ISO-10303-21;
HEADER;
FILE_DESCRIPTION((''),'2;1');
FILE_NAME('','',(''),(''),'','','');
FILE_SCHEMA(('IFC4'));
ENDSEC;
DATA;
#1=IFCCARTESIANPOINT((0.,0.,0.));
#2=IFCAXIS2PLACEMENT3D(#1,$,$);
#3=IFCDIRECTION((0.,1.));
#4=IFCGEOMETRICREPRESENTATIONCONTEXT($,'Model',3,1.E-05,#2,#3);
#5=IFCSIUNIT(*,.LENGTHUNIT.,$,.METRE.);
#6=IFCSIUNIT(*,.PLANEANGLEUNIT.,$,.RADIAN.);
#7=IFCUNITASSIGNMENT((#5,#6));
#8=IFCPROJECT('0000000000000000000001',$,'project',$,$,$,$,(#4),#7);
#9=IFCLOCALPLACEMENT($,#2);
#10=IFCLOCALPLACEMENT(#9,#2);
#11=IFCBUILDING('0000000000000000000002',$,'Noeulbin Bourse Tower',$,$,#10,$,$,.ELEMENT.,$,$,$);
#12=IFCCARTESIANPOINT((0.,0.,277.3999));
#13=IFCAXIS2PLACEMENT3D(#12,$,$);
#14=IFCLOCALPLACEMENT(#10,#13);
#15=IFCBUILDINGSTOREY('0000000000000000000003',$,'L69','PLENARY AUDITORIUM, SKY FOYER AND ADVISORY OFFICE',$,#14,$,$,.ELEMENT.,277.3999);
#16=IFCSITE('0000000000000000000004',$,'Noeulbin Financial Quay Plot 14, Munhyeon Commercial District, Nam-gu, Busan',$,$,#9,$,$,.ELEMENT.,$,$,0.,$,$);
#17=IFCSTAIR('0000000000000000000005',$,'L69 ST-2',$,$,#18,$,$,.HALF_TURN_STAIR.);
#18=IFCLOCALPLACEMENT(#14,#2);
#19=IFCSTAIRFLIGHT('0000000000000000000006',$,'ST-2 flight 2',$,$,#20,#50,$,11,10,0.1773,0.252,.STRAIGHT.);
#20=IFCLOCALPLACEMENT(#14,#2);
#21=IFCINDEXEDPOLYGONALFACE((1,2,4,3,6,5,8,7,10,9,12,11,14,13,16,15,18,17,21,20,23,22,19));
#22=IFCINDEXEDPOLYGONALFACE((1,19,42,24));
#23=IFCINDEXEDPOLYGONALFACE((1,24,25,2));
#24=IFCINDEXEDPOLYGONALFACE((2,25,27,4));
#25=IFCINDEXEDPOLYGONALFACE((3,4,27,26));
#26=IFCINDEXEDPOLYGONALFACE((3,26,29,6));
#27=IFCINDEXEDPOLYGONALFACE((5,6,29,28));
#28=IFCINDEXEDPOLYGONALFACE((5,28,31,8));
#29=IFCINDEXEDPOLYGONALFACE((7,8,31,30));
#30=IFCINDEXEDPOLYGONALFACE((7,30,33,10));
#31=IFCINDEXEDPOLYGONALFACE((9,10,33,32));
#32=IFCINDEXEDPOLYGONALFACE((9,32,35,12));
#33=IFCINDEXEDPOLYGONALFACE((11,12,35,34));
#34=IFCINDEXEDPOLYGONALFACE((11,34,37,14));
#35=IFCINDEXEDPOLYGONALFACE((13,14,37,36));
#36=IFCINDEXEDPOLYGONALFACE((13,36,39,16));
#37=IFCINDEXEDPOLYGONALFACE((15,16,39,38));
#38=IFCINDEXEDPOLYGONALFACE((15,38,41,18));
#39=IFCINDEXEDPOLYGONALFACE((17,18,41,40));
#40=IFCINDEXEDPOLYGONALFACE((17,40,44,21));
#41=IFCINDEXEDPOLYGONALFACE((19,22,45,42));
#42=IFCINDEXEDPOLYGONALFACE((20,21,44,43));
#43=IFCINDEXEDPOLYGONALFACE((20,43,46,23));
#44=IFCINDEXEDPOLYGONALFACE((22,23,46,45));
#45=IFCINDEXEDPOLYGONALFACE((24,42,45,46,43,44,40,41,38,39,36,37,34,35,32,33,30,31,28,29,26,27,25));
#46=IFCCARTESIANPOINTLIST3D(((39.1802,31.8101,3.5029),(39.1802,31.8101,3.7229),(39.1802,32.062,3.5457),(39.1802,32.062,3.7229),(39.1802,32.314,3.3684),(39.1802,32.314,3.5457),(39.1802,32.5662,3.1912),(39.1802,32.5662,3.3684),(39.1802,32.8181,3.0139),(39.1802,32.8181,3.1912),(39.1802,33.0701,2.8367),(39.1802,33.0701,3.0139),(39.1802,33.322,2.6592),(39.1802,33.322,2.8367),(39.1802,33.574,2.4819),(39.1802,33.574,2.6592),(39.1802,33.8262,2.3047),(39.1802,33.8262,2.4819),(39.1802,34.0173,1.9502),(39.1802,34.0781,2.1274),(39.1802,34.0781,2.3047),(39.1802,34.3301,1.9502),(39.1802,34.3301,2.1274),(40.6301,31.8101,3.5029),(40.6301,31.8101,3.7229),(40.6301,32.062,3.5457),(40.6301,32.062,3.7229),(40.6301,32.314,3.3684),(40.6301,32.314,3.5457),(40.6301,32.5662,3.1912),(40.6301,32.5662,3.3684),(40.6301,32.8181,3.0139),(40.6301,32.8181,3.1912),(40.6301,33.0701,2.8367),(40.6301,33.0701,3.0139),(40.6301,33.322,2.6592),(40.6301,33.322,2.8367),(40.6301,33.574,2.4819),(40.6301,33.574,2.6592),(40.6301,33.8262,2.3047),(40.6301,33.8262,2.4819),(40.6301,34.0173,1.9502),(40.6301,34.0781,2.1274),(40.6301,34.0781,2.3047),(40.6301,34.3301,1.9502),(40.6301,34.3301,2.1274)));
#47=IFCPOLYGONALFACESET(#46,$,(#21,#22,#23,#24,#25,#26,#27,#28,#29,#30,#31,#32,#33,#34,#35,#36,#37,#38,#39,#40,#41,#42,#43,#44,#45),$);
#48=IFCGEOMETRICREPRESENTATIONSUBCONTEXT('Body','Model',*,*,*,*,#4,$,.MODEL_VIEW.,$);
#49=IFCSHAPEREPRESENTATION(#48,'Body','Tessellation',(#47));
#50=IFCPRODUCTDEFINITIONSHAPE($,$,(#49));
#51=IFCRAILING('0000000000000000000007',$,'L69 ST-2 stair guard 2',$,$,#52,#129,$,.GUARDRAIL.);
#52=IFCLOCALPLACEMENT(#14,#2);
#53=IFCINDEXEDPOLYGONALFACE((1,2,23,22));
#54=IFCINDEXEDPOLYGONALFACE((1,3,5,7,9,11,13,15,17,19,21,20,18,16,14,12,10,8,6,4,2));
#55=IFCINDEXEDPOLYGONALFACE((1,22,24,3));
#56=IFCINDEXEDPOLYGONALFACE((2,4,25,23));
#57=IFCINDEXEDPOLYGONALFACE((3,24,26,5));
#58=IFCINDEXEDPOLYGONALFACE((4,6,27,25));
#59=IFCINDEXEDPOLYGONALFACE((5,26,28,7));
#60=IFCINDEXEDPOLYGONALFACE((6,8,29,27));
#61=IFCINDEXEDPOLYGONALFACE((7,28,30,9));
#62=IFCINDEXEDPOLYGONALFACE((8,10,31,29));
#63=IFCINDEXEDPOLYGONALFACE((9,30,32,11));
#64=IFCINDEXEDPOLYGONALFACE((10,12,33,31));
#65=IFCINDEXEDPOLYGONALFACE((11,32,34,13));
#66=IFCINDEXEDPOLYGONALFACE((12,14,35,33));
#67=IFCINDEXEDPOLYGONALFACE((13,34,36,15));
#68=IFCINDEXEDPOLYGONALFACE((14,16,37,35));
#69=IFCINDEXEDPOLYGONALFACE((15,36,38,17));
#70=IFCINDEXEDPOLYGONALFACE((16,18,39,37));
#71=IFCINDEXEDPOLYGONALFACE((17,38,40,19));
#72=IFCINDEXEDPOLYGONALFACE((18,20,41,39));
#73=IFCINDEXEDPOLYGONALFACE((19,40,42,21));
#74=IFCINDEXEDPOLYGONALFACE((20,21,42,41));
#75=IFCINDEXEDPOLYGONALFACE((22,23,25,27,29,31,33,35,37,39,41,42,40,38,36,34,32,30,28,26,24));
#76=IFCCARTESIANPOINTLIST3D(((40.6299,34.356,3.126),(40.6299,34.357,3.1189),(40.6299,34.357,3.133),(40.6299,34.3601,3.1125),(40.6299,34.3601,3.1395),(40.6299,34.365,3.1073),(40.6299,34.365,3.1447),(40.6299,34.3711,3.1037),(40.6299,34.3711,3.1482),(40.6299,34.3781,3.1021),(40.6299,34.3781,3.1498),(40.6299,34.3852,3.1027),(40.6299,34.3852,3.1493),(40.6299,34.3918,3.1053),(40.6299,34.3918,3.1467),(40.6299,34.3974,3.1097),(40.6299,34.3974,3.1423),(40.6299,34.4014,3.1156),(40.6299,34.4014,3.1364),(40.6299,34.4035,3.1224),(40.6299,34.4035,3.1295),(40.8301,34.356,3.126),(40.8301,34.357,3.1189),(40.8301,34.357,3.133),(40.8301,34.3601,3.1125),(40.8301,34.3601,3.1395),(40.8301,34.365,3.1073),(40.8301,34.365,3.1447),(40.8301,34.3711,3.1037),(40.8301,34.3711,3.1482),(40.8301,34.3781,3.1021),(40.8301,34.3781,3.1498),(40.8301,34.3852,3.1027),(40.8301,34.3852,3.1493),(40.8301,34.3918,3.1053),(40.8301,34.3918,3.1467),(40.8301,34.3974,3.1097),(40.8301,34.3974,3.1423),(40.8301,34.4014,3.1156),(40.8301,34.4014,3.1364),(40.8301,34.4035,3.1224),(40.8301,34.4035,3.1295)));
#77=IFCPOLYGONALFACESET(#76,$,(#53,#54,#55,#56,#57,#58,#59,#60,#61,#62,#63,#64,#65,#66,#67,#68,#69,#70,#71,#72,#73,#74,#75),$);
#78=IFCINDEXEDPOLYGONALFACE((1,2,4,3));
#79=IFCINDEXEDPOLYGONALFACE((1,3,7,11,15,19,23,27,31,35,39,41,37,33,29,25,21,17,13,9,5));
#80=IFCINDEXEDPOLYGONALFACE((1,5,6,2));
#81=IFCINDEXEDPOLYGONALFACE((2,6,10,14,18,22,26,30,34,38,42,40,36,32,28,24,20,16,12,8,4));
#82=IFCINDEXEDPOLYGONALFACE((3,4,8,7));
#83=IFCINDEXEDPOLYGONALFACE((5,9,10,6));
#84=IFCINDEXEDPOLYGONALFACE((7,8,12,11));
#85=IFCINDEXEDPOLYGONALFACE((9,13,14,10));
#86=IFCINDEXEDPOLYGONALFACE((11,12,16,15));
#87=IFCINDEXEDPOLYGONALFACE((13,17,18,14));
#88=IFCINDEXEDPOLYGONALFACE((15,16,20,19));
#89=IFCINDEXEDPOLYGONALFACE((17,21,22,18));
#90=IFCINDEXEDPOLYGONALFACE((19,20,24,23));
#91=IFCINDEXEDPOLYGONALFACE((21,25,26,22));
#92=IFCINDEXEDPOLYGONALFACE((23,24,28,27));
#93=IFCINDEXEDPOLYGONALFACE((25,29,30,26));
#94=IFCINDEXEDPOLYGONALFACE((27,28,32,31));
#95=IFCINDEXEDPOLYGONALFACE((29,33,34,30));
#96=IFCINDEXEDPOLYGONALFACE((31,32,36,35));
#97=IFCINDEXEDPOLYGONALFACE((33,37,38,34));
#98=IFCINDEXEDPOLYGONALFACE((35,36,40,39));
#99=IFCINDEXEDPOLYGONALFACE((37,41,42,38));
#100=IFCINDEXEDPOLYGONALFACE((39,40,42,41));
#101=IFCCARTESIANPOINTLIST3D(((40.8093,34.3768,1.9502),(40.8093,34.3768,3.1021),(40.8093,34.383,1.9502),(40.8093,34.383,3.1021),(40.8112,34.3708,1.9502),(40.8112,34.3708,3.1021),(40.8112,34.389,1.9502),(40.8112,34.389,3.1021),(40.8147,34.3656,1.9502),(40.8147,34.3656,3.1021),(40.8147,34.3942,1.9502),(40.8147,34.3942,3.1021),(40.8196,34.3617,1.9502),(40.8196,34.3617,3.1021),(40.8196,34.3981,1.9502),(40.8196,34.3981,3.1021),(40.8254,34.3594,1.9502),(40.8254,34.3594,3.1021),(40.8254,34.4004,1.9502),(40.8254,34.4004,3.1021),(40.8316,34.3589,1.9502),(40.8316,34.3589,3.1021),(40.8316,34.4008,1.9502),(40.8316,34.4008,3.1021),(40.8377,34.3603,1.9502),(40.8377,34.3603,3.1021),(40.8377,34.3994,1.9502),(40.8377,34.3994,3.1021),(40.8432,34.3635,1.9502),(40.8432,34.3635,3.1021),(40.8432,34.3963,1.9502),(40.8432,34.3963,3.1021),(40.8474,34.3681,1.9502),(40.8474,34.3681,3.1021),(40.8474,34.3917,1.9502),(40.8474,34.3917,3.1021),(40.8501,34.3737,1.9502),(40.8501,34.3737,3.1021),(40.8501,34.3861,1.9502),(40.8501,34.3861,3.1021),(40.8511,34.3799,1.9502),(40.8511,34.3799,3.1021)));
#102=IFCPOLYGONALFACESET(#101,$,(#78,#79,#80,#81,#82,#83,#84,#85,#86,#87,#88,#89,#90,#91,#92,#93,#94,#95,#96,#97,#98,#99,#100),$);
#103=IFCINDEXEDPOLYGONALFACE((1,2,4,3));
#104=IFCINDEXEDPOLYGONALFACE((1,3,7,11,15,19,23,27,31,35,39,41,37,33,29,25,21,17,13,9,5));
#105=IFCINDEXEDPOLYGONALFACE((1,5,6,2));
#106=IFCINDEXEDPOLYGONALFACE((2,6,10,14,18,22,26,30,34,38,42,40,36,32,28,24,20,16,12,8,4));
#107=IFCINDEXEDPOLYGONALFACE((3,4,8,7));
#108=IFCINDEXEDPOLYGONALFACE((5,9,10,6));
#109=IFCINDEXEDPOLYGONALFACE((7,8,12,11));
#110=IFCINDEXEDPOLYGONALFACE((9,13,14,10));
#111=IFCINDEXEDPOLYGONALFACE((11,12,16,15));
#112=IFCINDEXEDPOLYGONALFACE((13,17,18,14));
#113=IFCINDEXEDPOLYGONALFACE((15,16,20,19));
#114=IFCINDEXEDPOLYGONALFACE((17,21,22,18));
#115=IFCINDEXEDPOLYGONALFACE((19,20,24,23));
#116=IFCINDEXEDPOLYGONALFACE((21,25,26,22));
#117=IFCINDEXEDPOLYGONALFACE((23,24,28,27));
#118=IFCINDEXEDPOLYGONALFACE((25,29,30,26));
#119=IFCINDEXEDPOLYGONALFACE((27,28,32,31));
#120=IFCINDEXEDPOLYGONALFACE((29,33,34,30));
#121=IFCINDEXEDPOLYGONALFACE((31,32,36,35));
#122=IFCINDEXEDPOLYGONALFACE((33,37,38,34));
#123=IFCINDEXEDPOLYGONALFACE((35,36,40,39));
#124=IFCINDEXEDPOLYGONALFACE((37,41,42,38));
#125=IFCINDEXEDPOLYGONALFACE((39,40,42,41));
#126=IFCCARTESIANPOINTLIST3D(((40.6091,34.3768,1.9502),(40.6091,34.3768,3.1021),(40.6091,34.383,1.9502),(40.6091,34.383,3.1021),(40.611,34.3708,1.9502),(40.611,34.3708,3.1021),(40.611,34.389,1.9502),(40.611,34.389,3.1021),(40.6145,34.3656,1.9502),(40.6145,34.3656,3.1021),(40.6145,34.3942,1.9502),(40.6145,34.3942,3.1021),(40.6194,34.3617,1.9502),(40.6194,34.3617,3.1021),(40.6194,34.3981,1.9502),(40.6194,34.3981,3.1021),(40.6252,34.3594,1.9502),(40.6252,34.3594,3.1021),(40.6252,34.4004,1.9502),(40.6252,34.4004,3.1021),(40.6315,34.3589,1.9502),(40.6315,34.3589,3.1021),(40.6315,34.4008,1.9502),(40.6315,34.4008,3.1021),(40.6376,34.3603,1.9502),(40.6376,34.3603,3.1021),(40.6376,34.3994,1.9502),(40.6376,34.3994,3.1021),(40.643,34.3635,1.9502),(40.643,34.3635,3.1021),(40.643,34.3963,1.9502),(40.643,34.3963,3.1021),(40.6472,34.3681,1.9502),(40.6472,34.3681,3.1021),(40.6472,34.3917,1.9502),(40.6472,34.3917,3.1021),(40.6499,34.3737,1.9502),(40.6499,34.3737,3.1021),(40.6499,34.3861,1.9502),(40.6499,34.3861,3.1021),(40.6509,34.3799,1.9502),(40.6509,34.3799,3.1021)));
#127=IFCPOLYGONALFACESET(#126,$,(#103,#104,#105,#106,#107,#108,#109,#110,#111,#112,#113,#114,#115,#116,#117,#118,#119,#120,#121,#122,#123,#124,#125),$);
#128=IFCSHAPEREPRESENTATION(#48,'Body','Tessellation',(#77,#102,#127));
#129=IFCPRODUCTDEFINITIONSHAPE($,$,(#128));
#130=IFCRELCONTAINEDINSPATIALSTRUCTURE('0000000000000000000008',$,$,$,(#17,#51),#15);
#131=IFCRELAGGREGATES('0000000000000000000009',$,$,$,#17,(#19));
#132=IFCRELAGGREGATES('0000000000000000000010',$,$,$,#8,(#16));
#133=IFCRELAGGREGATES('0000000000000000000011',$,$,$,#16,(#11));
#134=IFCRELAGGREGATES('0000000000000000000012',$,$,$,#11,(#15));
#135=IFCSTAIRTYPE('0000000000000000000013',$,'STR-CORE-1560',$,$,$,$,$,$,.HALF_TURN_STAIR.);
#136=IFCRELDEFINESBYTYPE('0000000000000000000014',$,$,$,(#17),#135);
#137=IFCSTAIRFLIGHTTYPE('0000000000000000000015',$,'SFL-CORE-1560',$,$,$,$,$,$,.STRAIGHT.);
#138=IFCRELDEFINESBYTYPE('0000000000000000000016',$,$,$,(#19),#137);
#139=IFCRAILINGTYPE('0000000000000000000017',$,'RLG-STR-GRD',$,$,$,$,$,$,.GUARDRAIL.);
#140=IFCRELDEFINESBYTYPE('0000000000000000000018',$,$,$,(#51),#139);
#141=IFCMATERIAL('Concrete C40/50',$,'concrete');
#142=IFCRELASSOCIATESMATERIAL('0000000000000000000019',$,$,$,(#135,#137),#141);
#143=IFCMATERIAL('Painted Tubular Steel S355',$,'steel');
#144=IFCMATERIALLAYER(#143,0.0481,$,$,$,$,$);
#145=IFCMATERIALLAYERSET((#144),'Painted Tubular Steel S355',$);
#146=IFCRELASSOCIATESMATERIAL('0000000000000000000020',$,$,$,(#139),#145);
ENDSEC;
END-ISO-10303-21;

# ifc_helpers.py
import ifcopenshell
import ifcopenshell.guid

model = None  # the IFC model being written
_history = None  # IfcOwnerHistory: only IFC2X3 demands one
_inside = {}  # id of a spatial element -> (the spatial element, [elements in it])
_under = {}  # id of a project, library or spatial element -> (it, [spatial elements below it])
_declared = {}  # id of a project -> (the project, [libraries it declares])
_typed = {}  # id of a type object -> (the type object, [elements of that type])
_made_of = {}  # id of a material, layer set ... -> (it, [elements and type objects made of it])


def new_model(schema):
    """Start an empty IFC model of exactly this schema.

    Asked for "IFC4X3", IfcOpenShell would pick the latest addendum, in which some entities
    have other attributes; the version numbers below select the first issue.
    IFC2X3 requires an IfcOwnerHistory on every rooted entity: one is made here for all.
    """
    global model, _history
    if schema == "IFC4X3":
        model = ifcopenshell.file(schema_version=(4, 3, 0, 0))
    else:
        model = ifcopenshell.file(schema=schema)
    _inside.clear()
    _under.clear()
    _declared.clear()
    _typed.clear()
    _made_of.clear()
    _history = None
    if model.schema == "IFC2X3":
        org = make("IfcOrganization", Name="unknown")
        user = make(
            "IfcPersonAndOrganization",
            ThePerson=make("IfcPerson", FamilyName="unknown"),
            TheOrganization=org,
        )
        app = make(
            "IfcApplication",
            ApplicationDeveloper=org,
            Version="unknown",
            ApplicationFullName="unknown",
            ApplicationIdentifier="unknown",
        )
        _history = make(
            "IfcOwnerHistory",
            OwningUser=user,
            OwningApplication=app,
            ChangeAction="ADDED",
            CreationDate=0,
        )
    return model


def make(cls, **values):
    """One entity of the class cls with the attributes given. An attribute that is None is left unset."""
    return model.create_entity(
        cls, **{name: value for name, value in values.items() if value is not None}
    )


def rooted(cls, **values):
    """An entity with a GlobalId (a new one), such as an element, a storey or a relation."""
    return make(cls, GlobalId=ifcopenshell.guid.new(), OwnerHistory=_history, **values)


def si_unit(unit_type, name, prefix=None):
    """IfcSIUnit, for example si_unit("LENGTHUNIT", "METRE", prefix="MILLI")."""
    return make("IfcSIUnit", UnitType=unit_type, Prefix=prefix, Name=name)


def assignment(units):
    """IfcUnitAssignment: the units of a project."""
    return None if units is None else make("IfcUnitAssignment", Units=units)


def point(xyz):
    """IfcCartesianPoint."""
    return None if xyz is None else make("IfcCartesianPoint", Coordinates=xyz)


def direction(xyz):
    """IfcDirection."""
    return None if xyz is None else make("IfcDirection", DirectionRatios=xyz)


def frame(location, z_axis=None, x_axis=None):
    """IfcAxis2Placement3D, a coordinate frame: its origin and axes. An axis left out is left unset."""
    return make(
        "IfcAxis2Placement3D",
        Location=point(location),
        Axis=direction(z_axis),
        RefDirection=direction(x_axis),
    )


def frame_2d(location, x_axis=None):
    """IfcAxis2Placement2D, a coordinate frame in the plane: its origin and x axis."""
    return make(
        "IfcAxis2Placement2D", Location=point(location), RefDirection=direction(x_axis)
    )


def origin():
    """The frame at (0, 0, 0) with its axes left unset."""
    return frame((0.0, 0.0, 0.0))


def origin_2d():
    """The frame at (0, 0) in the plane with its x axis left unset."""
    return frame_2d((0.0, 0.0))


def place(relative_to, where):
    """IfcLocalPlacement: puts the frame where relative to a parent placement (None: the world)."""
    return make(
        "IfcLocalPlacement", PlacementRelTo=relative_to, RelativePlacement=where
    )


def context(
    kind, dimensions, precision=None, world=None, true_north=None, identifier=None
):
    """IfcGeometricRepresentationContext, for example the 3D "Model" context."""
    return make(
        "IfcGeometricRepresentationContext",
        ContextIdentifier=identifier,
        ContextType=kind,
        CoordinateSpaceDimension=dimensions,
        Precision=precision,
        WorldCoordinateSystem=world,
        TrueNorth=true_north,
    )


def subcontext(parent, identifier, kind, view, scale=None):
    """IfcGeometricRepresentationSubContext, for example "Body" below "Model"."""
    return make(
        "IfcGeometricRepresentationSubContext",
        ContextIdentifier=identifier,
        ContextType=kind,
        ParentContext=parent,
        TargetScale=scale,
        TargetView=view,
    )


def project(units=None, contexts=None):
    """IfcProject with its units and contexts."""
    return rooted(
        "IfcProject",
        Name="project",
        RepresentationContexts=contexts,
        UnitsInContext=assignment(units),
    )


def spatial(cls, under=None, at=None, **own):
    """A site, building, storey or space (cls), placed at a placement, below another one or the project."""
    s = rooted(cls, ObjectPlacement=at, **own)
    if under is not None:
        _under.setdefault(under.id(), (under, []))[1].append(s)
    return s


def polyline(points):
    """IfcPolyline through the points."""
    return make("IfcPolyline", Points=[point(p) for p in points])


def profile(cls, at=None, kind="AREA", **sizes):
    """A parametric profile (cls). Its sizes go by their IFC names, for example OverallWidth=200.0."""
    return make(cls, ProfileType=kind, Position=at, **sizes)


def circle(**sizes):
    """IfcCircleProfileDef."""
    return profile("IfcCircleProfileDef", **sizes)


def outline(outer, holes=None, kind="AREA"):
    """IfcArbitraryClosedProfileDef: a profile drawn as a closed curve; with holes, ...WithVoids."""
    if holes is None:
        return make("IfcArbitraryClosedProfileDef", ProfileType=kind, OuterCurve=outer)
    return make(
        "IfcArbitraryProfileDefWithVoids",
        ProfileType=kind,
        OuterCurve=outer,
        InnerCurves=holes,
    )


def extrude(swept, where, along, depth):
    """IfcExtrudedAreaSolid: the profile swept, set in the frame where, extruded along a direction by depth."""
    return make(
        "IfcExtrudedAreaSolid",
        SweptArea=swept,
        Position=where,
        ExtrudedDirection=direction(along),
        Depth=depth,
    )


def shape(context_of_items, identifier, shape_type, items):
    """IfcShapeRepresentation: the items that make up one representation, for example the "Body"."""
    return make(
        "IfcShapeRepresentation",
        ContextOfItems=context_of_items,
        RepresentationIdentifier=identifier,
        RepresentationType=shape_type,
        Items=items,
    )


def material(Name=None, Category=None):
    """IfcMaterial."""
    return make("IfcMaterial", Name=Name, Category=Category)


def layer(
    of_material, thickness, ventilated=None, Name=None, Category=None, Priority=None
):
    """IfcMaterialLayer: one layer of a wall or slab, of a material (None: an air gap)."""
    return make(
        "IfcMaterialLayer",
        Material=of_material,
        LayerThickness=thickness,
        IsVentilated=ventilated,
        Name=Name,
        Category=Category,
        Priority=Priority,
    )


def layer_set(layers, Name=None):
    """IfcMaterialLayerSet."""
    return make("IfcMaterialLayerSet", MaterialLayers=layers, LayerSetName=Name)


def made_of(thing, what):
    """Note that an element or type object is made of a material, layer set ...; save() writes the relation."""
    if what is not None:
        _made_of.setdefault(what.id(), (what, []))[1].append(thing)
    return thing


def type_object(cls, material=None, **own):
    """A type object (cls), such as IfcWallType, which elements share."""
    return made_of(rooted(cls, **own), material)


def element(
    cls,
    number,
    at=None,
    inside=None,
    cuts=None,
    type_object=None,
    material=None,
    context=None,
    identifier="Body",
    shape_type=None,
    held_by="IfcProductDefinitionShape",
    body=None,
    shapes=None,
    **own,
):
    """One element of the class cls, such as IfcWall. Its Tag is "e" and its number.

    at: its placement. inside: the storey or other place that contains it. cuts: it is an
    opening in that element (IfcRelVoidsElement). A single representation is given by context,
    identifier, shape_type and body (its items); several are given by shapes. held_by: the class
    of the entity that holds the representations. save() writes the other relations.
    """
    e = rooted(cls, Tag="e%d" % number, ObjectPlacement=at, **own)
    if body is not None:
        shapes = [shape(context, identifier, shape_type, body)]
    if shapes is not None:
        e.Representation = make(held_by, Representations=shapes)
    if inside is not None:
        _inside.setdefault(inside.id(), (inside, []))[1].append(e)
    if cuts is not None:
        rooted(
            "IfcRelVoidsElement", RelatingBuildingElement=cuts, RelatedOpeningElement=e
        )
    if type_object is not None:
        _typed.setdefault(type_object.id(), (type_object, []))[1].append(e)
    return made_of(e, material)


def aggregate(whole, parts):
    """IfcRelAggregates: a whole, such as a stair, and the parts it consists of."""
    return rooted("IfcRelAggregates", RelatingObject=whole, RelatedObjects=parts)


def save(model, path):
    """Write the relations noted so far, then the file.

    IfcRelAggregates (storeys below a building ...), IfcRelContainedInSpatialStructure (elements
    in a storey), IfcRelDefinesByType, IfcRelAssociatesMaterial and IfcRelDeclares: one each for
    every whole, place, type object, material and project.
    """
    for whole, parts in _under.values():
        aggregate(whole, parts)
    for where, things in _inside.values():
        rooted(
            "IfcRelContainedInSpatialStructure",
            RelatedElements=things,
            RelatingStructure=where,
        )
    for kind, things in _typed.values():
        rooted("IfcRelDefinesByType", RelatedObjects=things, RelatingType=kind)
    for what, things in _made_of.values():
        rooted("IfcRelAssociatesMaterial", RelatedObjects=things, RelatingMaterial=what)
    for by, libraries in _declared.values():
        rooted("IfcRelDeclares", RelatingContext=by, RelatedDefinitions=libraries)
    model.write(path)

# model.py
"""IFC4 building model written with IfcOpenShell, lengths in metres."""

from ifc_helpers import new_model, si_unit, direction, frame, origin, origin_2d, place, context, subcontext, project, spatial, polyline, circle, outline, extrude, material, layer, layer_set, type_object, element, aggregate, save


model = new_model("IFC4")

# Units and contexts
model_context = context("Model", 3, precision=1e-05, world=origin(), true_north=direction((0.0, 1.0)))
body_context = subcontext(model_context, "Body", "Model", "MODEL_VIEW")
ifc_project = project(units=[si_unit("LENGTHUNIT", "METRE"), si_unit("PLANEANGLEUNIT", "RADIAN")], contexts=[model_context])

# Site, building, storey
site_placement = place(None, origin())
site = spatial("IfcSite", under=ifc_project, at=site_placement, Name="Noeulbin Financial Quay Plot 14, Munhyeon Commercial District, Nam-gu, Busan", CompositionType="ELEMENT", RefElevation=0.0)
building_placement = place(site_placement, origin())
building = spatial("IfcBuilding", under=site, at=building_placement, Name="Noeulbin Bourse Tower", CompositionType="ELEMENT")
storey_placement = place(building_placement, frame((0.0, 0.0, 277.3999)))
storey = spatial("IfcBuildingStorey", under=building, at=storey_placement, Name="L69", Description="PLENARY AUDITORIUM, SKY FOYER AND ADVISORY OFFICE", CompositionType="ELEMENT", Elevation=277.3999)

# Shared definitions
ifc_material_1 = material(Name="Concrete C40/50", Category="concrete")

# Stair, stair flight
stair_type = type_object("IfcStairType", Name="STR-CORE-1560", PredefinedType="HALF_TURN_STAIR", material=ifc_material_1)
stair_placement = place(storey_placement, origin())
stair = element("IfcStair", 1, at=stair_placement, inside=storey, type_object=stair_type, Name="L69 ST-2", PredefinedType="HALF_TURN_STAIR")
stair_flight_type = type_object("IfcStairFlightType", Name="SFL-CORE-1560", PredefinedType="STRAIGHT", material=ifc_material_1)
stair_flight_1_placement = place(storey_placement, frame((39.905, 34.3301, 1.9502), z_axis=(0.0, 0.0, 1.0), x_axis=(0.0, -1.0, 0.0)))
stair_flight_1 = element("IfcStairFlight", 2, at=stair_flight_1_placement, type_object=stair_flight_type, Name="ST-2 flight 2", NumberOfRisers=11, NumberOfTreads=10, PredefinedType="STRAIGHT", RiserHeight=0.1773, TreadLength=0.252, context=body_context, shape_type="SweptSolid", body=[
    extrude(outline(polyline([(0.0, 0.0), (0.0, 0.1772), (0.252, 0.1772), (0.252, 0.3545), (0.5039, 0.3545), (0.5039, 0.5317), (0.7561, 0.5317), (0.7561, 0.709), (1.0081, 0.709), (1.0081, 0.8865), (1.26, 0.8865), (1.26, 1.0637), (1.512, 1.0637), (1.512, 1.241), (1.7639, 1.241), (1.7639, 1.4182), (2.0161, 1.4182), (2.0161, 1.5955), (2.2681, 1.5955), (2.2681, 1.7727), (2.52, 1.7727), (2.52, 1.95), (2.52, 1.5527), (0.3127, 0.0), (0.0, 0.0)])), frame((0.0, 0.7251, 0.0), z_axis=(0.0, -1.0, 0.0), x_axis=(1.0, 0.0, 0.0)), (0.0, 0.0, 1.0), 1.45),
])
aggregate(stair, [stair_flight_1])

# Railing
ifc_material_2 = material(Name="Painted Tubular Steel S355", Category="steel")
ifc_layer_1 = layer(ifc_material_2, 0.0481)
ifc_layer_set_1 = layer_set([ifc_layer_1], Name="Painted Tubular Steel S355")
railing_type_1 = type_object("IfcRailingType", Name="RLG-STR-GRD", PredefinedType="GUARDRAIL", material=ifc_layer_set_1)
railing_1_placement = place(storey_placement, frame((40.8301, 34.3799, 1.9502)))
element("IfcRailing", 3, at=railing_1_placement, inside=storey, type_object=railing_type_1, Name="L69 ST-2 stair guard 2", PredefinedType="GUARDRAIL", context=body_context, shape_type="SweptSolid", body=[
    extrude(circle(Radius=0.0239, at=origin_2d()), frame((0.0, 0.0, 1.1758), z_axis=(-1.0, 0.0, 0.0), x_axis=(0.0, -1.0, 0.0)), (0.0, 0.0, 1.0), 0.2002),
    extrude(circle(Radius=0.021, at=origin_2d()), origin(), (0.0, 0.0, 1.0), 1.1519),
    extrude(circle(Radius=0.021, at=origin_2d()), frame((-0.2002, 0.0, 0.0)), (0.0, 0.0, 1.0), 1.1519),
])

save(model, "model.ifc")
